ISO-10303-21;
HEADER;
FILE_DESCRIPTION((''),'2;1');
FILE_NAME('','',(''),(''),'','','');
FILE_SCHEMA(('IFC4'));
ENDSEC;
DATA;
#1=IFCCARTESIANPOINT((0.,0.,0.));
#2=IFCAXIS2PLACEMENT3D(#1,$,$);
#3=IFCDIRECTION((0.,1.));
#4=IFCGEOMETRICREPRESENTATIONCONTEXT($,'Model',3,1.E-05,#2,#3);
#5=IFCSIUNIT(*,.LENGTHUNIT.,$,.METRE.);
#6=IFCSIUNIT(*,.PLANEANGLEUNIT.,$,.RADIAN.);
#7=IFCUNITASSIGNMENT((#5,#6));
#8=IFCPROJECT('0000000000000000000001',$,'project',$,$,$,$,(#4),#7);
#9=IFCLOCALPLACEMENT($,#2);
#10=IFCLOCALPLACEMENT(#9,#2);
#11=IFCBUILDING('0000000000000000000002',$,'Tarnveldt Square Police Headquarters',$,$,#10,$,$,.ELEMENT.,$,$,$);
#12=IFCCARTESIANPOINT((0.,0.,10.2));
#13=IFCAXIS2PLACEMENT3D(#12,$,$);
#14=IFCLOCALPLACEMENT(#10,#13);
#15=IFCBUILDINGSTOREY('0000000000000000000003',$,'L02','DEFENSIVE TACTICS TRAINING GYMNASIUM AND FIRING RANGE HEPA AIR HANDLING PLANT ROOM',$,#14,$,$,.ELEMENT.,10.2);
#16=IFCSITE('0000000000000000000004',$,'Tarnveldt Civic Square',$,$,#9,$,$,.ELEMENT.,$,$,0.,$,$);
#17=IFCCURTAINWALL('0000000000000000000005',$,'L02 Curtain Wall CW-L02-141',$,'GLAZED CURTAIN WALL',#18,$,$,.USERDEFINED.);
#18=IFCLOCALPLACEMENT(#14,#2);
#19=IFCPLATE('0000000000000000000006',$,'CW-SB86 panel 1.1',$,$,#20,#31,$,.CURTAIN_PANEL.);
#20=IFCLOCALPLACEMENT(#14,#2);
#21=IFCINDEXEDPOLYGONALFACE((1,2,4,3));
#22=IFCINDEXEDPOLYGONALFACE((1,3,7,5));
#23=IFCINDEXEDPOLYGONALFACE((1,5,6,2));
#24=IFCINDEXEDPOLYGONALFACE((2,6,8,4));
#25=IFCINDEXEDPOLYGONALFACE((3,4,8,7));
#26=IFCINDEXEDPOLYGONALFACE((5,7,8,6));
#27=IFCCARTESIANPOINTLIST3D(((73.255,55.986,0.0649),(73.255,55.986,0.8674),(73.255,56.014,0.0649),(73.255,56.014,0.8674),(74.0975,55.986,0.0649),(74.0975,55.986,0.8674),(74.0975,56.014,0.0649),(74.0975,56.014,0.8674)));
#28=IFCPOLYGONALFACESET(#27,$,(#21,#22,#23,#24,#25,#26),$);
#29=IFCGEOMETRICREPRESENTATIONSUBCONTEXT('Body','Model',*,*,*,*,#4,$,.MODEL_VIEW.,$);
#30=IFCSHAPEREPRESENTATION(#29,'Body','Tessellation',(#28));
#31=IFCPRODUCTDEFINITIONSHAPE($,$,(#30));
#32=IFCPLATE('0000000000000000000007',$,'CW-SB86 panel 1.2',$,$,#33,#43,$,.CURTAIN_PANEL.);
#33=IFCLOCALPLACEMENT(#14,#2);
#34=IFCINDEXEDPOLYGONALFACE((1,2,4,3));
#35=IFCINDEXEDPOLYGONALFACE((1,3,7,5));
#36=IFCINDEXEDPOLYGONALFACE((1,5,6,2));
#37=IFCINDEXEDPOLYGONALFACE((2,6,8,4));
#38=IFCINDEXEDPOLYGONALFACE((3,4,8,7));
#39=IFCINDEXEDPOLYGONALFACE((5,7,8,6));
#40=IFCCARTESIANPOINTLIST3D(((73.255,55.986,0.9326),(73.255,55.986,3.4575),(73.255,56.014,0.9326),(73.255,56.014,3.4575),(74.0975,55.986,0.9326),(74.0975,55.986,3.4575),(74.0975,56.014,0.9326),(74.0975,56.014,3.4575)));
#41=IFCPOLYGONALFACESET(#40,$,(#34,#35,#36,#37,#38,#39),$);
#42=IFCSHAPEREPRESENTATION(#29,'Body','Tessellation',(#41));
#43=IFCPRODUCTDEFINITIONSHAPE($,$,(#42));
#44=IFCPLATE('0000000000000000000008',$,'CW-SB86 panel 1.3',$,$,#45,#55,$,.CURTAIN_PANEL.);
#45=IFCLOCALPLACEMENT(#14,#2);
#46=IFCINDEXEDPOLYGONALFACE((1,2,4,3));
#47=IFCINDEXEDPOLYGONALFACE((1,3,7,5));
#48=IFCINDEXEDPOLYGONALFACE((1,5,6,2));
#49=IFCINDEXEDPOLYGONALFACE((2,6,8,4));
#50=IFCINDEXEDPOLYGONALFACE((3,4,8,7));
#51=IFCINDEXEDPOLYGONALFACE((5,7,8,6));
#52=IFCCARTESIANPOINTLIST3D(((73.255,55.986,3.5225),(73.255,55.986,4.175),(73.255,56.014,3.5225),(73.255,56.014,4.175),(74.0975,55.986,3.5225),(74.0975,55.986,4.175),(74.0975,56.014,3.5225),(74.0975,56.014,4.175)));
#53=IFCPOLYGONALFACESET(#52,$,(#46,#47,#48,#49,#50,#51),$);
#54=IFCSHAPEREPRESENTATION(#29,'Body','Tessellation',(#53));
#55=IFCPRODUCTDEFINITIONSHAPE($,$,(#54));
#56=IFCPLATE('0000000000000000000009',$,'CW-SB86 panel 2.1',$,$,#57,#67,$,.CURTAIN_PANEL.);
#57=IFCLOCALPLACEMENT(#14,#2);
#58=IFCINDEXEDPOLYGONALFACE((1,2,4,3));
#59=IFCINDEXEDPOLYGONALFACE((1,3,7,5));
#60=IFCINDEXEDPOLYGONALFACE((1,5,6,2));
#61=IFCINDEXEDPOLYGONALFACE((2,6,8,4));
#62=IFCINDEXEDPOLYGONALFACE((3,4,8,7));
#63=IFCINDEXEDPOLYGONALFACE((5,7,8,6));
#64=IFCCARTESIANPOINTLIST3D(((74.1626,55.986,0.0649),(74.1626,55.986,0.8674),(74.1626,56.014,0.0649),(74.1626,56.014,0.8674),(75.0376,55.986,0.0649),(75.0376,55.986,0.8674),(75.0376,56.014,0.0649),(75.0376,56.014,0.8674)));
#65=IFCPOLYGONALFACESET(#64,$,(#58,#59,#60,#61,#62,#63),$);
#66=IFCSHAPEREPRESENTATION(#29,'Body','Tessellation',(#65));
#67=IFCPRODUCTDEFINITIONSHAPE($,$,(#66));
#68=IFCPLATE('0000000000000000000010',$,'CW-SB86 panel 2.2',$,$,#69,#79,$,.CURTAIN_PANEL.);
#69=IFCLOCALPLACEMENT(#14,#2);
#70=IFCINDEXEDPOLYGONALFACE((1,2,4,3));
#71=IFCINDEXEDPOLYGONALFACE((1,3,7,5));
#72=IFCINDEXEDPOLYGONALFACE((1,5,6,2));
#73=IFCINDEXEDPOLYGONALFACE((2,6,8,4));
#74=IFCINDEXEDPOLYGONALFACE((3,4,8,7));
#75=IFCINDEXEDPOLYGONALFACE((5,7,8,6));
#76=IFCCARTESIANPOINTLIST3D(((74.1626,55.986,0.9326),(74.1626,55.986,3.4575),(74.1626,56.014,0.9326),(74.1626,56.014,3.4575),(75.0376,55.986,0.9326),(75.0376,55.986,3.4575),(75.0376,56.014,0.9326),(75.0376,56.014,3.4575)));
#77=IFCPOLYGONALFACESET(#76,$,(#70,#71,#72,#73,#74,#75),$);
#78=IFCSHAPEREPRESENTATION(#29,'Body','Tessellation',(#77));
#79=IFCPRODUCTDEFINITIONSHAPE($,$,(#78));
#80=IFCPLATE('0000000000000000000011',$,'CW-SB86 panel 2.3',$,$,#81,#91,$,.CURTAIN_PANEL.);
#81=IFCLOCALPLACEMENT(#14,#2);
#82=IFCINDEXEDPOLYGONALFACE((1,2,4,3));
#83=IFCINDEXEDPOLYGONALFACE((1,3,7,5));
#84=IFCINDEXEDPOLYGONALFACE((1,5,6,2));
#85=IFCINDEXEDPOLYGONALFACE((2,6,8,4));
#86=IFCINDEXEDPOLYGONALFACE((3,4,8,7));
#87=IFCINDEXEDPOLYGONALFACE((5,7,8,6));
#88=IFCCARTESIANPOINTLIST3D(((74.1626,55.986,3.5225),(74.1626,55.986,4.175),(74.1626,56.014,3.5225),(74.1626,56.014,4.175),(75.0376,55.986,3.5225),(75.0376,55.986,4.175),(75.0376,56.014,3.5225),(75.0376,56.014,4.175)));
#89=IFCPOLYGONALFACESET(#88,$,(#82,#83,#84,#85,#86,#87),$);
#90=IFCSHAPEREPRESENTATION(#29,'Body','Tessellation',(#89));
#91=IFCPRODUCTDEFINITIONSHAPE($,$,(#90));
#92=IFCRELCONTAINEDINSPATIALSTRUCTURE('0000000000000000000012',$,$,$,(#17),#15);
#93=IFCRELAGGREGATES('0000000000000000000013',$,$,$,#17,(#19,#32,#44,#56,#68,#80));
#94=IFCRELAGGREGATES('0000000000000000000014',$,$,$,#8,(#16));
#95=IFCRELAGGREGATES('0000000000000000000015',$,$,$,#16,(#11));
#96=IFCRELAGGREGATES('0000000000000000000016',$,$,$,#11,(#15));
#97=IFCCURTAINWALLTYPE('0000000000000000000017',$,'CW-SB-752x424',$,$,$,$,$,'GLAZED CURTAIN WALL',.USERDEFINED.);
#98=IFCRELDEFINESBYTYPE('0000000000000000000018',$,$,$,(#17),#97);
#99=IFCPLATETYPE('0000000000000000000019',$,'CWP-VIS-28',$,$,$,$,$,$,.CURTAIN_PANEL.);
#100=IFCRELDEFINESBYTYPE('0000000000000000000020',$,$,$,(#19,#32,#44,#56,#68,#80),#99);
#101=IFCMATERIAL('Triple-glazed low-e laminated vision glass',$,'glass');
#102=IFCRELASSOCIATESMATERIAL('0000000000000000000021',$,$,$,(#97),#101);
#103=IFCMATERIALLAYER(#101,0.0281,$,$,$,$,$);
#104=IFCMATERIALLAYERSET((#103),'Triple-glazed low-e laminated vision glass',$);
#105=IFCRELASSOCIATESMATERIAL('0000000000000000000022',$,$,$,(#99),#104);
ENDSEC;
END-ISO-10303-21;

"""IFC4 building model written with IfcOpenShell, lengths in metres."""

from ifc_helpers import new_model, si_unit, direction, frame, origin, origin_2d, place, context, subcontext, project, spatial, rectangle, extrude, material, layer, layer_set, type_object, element, aggregate, save


model = new_model("IFC4")

# Units and contexts
model_context = context("Model", 3, precision=1e-05, world=origin(), true_north=direction((0.0, 1.0)))
body_context = subcontext(model_context, "Body", "Model", "MODEL_VIEW")
ifc_project = project(units=[si_unit("LENGTHUNIT", "METRE"), si_unit("PLANEANGLEUNIT", "RADIAN")], contexts=[model_context])

# Site, building, storey
site_placement = place(None, origin())
site = spatial("IfcSite", under=ifc_project, at=site_placement, Name="Tarnveldt Civic Square", CompositionType="ELEMENT", RefElevation=0.0)
building_placement = place(site_placement, origin())
building = spatial("IfcBuilding", under=site, at=building_placement, Name="Tarnveldt Square Police Headquarters", CompositionType="ELEMENT")
storey_placement = place(building_placement, frame((0.0, 0.0, 10.2)))
storey = spatial("IfcBuildingStorey", under=building, at=storey_placement, Name="L02", Description="DEFENSIVE TACTICS TRAINING GYMNASIUM AND FIRING RANGE HEPA AIR HANDLING PLANT ROOM", CompositionType="ELEMENT", Elevation=10.2)

# Curtain wall, plates
ifc_material_1 = material(Name="Triple-glazed low-e laminated vision glass", Category="glass")
curtain_wall_type = type_object("IfcCurtainWallType", Name="CW-SB-752x424", ElementType="GLAZED CURTAIN WALL", PredefinedType="USERDEFINED", material=ifc_material_1)
curtain_wall_placement = place(storey_placement, origin())
curtain_wall = element("IfcCurtainWall", 1, at=curtain_wall_placement, inside=storey, type_object=curtain_wall_type, Name="L02 Curtain Wall CW-L02-141", ObjectType="GLAZED CURTAIN WALL", PredefinedType="USERDEFINED")
ifc_layer = layer(ifc_material_1, 0.0281)
ifc_layer_set = layer_set([ifc_layer], Name="Triple-glazed low-e laminated vision glass")
plate_type = type_object("IfcPlateType", Name="CWP-VIS-28", PredefinedType="CURTAIN_PANEL", material=ifc_layer_set)
plate_1_placement = place(storey_placement, frame((73.6763, 56.0, 0.0649), z_axis=(0.0, 0.0, 1.0), x_axis=(1.0, 0.0, 0.0)))
plate_1 = element("IfcPlate", 2, at=plate_1_placement, type_object=plate_type, Name="CW-SB86 panel 1.1", PredefinedType="CURTAIN_PANEL", context=body_context, shape_type="SweptSolid", body=[
    extrude(rectangle(XDim=0.8425, YDim=0.0281, at=origin_2d()), origin(), (0.0, 0.0, 1.0), 0.8025),
])
plate_2_placement = place(storey_placement, frame((73.6763, 56.0, 0.9326), z_axis=(0.0, 0.0, 1.0), x_axis=(1.0, 0.0, 0.0)))
plate_2 = element("IfcPlate", 3, at=plate_2_placement, type_object=plate_type, Name="CW-SB86 panel 1.2", PredefinedType="CURTAIN_PANEL", context=body_context, shape_type="SweptSolid", body=[
    extrude(rectangle(XDim=0.8425, YDim=0.0281, at=origin_2d()), origin(), (0.0, 0.0, 1.0), 2.5249),
])
plate_3_placement = place(storey_placement, frame((73.6763, 56.0, 3.5225), z_axis=(0.0, 0.0, 1.0), x_axis=(1.0, 0.0, 0.0)))
plate_3 = element("IfcPlate", 4, at=plate_3_placement, type_object=plate_type, Name="CW-SB86 panel 1.3", PredefinedType="CURTAIN_PANEL", context=body_context, shape_type="SweptSolid", body=[
    extrude(rectangle(XDim=0.8425, YDim=0.0281, at=origin_2d()), origin(), (0.0, 0.0, 1.0), 0.6526),
])
plate_4_placement = place(storey_placement, frame((74.6001, 56.0, 0.0649), z_axis=(0.0, 0.0, 1.0), x_axis=(1.0, 0.0, 0.0)))
plate_4 = element("IfcPlate", 5, at=plate_4_placement, type_object=plate_type, Name="CW-SB86 panel 2.1", PredefinedType="CURTAIN_PANEL", context=body_context, shape_type="SweptSolid", body=[
    extrude(rectangle(XDim=0.875, YDim=0.0281, at=origin_2d()), origin(), (0.0, 0.0, 1.0), 0.8025),
])
plate_5_placement = place(storey_placement, frame((74.6001, 56.0, 0.9326), z_axis=(0.0, 0.0, 1.0), x_axis=(1.0, 0.0, 0.0)))
plate_5 = element("IfcPlate", 6, at=plate_5_placement, type_object=plate_type, Name="CW-SB86 panel 2.2", PredefinedType="CURTAIN_PANEL", context=body_context, shape_type="SweptSolid", body=[
    extrude(rectangle(XDim=0.875, YDim=0.0281, at=origin_2d()), origin(), (0.0, 0.0, 1.0), 2.5249),
])
plate_6_placement = place(storey_placement, frame((74.6001, 56.0, 3.5225), z_axis=(0.0, 0.0, 1.0), x_axis=(1.0, 0.0, 0.0)))
plate_6 = element("IfcPlate", 7, at=plate_6_placement, type_object=plate_type, Name="CW-SB86 panel 2.3", PredefinedType="CURTAIN_PANEL", context=body_context, shape_type="SweptSolid", body=[
    extrude(rectangle(XDim=0.875, YDim=0.0281, at=origin_2d()), origin(), (0.0, 0.0, 1.0), 0.6526),
])
aggregate(curtain_wall, [plate_1, plate_2, plate_3, plate_4, plate_5, plate_6])

save(model, "model.ifc")
